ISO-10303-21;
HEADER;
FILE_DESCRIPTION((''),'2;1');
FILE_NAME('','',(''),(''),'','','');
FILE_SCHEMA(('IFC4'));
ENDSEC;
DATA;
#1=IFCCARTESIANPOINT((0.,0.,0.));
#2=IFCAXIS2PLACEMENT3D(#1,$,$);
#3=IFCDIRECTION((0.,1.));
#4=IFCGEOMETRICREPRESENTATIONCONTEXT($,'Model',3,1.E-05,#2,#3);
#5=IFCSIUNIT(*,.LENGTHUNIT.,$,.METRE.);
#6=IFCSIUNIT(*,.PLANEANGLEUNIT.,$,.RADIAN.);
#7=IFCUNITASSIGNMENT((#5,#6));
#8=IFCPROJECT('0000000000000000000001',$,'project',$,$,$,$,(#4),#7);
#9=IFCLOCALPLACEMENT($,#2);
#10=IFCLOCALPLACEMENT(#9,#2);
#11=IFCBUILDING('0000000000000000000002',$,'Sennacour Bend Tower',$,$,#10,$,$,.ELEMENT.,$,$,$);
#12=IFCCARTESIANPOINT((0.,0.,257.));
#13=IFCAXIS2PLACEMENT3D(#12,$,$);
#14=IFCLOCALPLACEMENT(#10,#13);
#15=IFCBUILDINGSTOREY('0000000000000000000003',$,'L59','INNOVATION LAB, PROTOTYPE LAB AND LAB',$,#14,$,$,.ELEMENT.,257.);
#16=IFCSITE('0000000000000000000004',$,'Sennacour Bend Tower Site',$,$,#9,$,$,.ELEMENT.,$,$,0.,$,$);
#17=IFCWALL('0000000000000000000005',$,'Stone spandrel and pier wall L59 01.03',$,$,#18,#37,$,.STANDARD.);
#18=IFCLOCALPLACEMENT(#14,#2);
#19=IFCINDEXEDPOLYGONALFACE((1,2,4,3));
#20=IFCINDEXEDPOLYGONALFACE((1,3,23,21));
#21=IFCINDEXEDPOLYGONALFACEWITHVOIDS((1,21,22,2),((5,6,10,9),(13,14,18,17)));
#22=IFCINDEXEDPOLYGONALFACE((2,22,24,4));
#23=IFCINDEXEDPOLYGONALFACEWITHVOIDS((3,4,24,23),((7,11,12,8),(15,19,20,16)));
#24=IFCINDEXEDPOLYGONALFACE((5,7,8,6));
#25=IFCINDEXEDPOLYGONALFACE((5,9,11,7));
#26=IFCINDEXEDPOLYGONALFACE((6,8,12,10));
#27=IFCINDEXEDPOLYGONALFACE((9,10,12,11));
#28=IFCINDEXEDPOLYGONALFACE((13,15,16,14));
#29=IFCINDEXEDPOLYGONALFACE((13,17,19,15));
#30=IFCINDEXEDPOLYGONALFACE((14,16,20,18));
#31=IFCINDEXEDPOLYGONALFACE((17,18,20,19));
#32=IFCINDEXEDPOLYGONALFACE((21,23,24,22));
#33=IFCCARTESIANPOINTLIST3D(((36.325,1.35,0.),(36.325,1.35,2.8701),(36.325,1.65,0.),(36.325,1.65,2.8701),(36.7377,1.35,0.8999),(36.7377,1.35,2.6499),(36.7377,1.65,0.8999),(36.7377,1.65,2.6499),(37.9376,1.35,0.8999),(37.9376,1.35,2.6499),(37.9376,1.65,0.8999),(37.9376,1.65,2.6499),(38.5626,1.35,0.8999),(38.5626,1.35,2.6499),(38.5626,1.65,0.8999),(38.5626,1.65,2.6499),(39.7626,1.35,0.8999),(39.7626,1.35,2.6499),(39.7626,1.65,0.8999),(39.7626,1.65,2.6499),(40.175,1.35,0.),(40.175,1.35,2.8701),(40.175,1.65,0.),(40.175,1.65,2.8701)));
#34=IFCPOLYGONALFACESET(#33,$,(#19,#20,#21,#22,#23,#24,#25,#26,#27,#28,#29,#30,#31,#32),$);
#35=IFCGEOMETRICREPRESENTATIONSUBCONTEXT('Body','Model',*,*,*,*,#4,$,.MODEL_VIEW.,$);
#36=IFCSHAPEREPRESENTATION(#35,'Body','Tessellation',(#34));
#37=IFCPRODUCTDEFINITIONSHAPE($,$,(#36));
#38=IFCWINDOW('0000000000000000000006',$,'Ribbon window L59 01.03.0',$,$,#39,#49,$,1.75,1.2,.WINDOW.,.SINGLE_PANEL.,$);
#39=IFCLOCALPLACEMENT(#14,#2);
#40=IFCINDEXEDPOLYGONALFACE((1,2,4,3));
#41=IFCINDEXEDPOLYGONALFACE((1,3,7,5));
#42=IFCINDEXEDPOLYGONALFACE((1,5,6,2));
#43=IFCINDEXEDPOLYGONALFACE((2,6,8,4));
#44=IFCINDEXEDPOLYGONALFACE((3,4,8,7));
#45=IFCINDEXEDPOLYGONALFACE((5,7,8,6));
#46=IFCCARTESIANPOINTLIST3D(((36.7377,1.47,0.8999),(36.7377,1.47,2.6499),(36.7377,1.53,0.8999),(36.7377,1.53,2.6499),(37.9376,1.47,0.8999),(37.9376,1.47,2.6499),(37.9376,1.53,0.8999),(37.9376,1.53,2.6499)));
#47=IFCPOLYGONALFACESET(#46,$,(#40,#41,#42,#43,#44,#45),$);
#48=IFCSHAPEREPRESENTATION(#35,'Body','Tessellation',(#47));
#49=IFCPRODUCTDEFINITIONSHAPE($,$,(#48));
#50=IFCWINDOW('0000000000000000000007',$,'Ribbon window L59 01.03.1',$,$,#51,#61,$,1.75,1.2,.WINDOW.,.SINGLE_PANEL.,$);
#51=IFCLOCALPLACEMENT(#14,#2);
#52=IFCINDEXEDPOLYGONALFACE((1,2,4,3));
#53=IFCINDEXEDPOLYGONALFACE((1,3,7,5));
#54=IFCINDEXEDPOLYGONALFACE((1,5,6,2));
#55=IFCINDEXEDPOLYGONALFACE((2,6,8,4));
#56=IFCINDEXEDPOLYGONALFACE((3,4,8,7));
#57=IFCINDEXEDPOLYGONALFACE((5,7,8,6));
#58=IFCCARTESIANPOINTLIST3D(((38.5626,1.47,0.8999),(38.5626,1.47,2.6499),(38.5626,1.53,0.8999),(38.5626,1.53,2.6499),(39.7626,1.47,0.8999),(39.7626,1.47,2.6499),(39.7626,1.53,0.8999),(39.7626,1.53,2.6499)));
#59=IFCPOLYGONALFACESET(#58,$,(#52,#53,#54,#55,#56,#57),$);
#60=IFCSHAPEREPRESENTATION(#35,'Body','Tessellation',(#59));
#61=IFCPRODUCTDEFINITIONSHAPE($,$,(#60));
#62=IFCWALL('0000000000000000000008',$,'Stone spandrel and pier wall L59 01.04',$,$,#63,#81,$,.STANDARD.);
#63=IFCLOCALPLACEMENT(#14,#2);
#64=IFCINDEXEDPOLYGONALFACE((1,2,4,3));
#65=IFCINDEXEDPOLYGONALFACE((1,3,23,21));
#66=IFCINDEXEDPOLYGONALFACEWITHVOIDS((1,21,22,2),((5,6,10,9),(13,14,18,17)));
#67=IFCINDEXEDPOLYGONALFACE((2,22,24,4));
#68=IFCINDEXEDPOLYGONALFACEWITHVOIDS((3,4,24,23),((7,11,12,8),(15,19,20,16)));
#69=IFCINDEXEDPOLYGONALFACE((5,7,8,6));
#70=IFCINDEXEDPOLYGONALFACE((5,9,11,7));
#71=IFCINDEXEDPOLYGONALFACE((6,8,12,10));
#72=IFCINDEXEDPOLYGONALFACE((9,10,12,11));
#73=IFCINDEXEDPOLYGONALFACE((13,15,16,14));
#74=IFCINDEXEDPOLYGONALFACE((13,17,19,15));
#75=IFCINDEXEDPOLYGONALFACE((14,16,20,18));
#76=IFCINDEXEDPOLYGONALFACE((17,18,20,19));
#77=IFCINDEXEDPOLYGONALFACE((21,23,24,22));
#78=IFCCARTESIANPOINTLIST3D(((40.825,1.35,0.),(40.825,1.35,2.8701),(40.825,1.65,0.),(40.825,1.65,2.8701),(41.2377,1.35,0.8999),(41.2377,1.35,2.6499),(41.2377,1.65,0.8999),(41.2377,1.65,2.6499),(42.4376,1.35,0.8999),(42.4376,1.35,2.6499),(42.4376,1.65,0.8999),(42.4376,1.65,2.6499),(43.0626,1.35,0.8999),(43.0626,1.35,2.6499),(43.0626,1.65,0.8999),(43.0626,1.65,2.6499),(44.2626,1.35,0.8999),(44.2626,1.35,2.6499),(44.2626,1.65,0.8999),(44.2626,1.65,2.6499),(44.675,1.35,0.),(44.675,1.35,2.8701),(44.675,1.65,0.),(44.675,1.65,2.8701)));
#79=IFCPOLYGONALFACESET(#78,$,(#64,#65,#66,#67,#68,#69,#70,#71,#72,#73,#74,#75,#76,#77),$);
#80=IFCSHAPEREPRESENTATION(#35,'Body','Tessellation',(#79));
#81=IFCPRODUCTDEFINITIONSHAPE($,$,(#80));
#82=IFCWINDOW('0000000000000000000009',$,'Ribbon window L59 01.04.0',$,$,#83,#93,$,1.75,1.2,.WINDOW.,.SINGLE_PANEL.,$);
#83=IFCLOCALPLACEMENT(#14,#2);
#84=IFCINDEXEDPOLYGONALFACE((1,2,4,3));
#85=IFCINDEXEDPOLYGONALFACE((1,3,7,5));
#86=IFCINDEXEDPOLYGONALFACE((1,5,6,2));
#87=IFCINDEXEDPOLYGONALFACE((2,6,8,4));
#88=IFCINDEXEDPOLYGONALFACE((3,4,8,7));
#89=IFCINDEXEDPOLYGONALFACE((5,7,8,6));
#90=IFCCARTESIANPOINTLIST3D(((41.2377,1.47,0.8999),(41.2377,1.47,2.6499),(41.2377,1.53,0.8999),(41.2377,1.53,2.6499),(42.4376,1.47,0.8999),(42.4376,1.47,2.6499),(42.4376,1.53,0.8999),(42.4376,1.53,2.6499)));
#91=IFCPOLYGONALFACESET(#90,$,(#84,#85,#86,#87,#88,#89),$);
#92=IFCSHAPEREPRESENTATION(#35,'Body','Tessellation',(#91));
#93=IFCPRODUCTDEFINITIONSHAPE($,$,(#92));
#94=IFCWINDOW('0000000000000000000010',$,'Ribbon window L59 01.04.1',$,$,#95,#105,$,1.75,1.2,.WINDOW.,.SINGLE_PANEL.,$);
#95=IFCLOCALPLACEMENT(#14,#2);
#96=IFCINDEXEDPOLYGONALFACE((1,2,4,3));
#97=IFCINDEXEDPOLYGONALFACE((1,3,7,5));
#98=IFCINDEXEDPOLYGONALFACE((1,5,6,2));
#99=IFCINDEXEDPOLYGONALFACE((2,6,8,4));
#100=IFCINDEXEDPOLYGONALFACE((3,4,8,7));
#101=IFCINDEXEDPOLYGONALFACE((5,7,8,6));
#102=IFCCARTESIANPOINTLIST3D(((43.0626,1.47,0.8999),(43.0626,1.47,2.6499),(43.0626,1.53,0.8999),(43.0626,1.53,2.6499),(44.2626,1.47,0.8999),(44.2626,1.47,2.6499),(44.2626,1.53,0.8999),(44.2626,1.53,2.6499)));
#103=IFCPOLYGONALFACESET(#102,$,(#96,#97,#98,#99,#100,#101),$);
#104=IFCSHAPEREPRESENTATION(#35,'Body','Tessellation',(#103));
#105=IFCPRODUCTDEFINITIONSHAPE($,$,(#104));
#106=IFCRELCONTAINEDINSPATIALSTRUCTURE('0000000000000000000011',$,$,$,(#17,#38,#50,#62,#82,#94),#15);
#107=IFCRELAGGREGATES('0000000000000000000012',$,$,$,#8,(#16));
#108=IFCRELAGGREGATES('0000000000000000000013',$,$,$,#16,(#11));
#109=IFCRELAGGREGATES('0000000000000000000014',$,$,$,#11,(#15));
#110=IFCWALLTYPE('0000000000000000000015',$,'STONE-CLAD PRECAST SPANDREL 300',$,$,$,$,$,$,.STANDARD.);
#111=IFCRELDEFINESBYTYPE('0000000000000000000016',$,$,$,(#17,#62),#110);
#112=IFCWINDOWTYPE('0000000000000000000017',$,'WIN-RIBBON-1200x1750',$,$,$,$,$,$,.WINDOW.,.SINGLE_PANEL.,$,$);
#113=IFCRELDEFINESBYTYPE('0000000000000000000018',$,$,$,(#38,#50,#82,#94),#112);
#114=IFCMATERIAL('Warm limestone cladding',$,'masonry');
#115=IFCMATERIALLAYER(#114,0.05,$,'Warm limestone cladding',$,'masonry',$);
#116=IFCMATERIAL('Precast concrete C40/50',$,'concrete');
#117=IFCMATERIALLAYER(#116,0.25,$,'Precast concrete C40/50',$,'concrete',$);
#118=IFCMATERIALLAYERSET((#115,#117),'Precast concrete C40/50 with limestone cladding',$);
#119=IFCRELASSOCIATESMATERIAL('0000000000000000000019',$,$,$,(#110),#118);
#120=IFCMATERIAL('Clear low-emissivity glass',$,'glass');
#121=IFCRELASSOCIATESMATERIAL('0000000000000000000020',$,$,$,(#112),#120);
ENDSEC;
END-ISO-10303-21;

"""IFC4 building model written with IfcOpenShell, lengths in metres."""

from ifc_helpers import new_model, si_unit, direction, frame, frame_2d, origin, place, context, subcontext, project, spatial, rectangle, extrude, material, layer, layer_set, type_object, element, fill, save


model = new_model("IFC4")

# Units and contexts
model_context = context("Model", 3, precision=1e-05, world=origin(), true_north=direction((0.0, 1.0)))
body_context = subcontext(model_context, "Body", "Model", "MODEL_VIEW")
ifc_project = project(units=[si_unit("LENGTHUNIT", "METRE"), si_unit("PLANEANGLEUNIT", "RADIAN")], contexts=[model_context])

# Site, building, storey
site_placement = place(None, origin())
site = spatial("IfcSite", under=ifc_project, at=site_placement, Name="Sennacour Bend Tower Site", CompositionType="ELEMENT", RefElevation=0.0)
building_placement = place(site_placement, origin())
building = spatial("IfcBuilding", under=site, at=building_placement, Name="Sennacour Bend Tower", CompositionType="ELEMENT")
storey_placement = place(building_placement, frame((0.0, 0.0, 257.0)))
storey = spatial("IfcBuildingStorey", under=building, at=storey_placement, Name="L59", Description="INNOVATION LAB, PROTOTYPE LAB AND LAB", CompositionType="ELEMENT", Elevation=257.0)

# Walls, openings, windows
ifc_material_1 = material(Name="Warm limestone cladding", Category="masonry")
ifc_layer_1 = layer(ifc_material_1, 0.05, Name="Warm limestone cladding", Category="masonry")
ifc_material_2 = material(Name="Precast concrete C40/50", Category="concrete")
ifc_layer_2 = layer(ifc_material_2, 0.25, Name="Precast concrete C40/50", Category="concrete")
ifc_layer_set_1 = layer_set([ifc_layer_1, ifc_layer_2], Name="Precast concrete C40/50 with limestone cladding")
wall_type_1 = type_object("IfcWallType", Name="STONE-CLAD PRECAST SPANDREL 300", PredefinedType="STANDARD", material=ifc_layer_set_1)
wall_1_placement = place(storey_placement, frame((36.325, 1.5, 0.0), z_axis=(0.0, 0.0, 1.0), x_axis=(1.0, 0.0, 0.0)))
wall_1 = element("IfcWall", 1, at=wall_1_placement, inside=storey, type_object=wall_type_1, Name="Stone spandrel and pier wall L59 01.03", PredefinedType="STANDARD", context=body_context, shape_type="SweptSolid", body=[
    extrude(rectangle(XDim=3.8501, YDim=0.3, at=frame_2d((1.925, 0.0))), origin(), (0.0, 0.0, 1.0), 2.8701),
])
opening_1_placement = place(wall_1_placement, frame((0.4126, 0.0, 0.8999)))
opening_1 = element("IfcOpeningElement", 2, at=opening_1_placement, cuts=wall_1, PredefinedType="OPENING", context=body_context, shape_type="SweptSolid", body=[
    extrude(rectangle(XDim=1.2, YDim=1.75, at=frame_2d((0.6001, 0.875))), frame((0.0, 0.1602, 0.0), z_axis=(0.0, -1.0, 0.0), x_axis=(1.0, 0.0, 0.0)), (0.0, 0.0, 1.0), 0.3201),
])
opening_2_placement = place(wall_1_placement, frame((2.2375, 0.0, 0.8999)))
opening_2 = element("IfcOpeningElement", 3, at=opening_2_placement, cuts=wall_1, PredefinedType="OPENING", context=body_context, shape_type="SweptSolid", body=[
    extrude(rectangle(XDim=1.2, YDim=1.75, at=frame_2d((0.6001, 0.875))), frame((0.0, 0.1602, 0.0), z_axis=(0.0, -1.0, 0.0), x_axis=(1.0, 0.0, 0.0)), (0.0, 0.0, 1.0), 0.3201),
])
ifc_material_3 = material(Name="Clear low-emissivity glass", Category="glass")
window_type = type_object("IfcWindowType", Name="WIN-RIBBON-1200x1750", PartitioningType="SINGLE_PANEL", PredefinedType="WINDOW", material=ifc_material_3)
window_1_placement = place(opening_1_placement, origin())
window_1 = element("IfcWindow", 4, at=window_1_placement, inside=storey, type_object=window_type, Name="Ribbon window L59 01.03.0", OverallHeight=1.75, OverallWidth=1.2, PartitioningType="SINGLE_PANEL", PredefinedType="WINDOW", context=body_context, shape_type="SweptSolid", body=[
    extrude(rectangle(XDim=1.2, YDim=1.75, at=frame_2d((0.6001, 0.875))), frame((0.0, 0.03, 0.0), z_axis=(0.0, -1.0, 0.0), x_axis=(1.0, 0.0, 0.0)), (0.0, 0.0, 1.0), 0.0601),
])
fill(opening_1, window_1)
window_2_placement = place(opening_2_placement, origin())
window_2 = element("IfcWindow", 5, at=window_2_placement, inside=storey, type_object=window_type, Name="Ribbon window L59 01.03.1", OverallHeight=1.75, OverallWidth=1.2, PartitioningType="SINGLE_PANEL", PredefinedType="WINDOW", context=body_context, shape_type="SweptSolid", body=[
    extrude(rectangle(XDim=1.2, YDim=1.75, at=frame_2d((0.6001, 0.875))), frame((0.0, 0.03, 0.0), z_axis=(0.0, -1.0, 0.0), x_axis=(1.0, 0.0, 0.0)), (0.0, 0.0, 1.0), 0.0601),
])
fill(opening_2, window_2)
wall_2_placement = place(storey_placement, frame((40.825, 1.5, 0.0), z_axis=(0.0, 0.0, 1.0), x_axis=(1.0, 0.0, 0.0)))
wall_2 = element("IfcWall", 6, at=wall_2_placement, inside=storey, type_object=wall_type_1, Name="Stone spandrel and pier wall L59 01.04", PredefinedType="STANDARD", context=body_context, shape_type="SweptSolid", body=[
    extrude(rectangle(XDim=3.8501, YDim=0.3, at=frame_2d((1.925, 0.0))), origin(), (0.0, 0.0, 1.0), 2.8701),
])
opening_3_placement = place(wall_2_placement, frame((0.4126, 0.0, 0.8999)))
opening_3 = element("IfcOpeningElement", 7, at=opening_3_placement, cuts=wall_2, PredefinedType="OPENING", context=body_context, shape_type="SweptSolid", body=[
    extrude(rectangle(XDim=1.2, YDim=1.75, at=frame_2d((0.6001, 0.875))), frame((0.0, 0.1602, 0.0), z_axis=(0.0, -1.0, 0.0), x_axis=(1.0, 0.0, 0.0)), (0.0, 0.0, 1.0), 0.3201),
])
opening_4_placement = place(wall_2_placement, frame((2.2375, 0.0, 0.8999)))
opening_4 = element("IfcOpeningElement", 8, at=opening_4_placement, cuts=wall_2, PredefinedType="OPENING", context=body_context, shape_type="SweptSolid", body=[
    extrude(rectangle(XDim=1.2, YDim=1.75, at=frame_2d((0.6001, 0.875))), frame((0.0, 0.1602, 0.0), z_axis=(0.0, -1.0, 0.0), x_axis=(1.0, 0.0, 0.0)), (0.0, 0.0, 1.0), 0.3201),
])
window_3_placement = place(opening_3_placement, origin())
window_3 = element("IfcWindow", 9, at=window_3_placement, inside=storey, type_object=window_type, Name="Ribbon window L59 01.04.0", OverallHeight=1.75, OverallWidth=1.2, PartitioningType="SINGLE_PANEL", PredefinedType="WINDOW", context=body_context, shape_type="SweptSolid", body=[
    extrude(rectangle(XDim=1.2, YDim=1.75, at=frame_2d((0.6001, 0.875))), frame((0.0, 0.03, 0.0), z_axis=(0.0, -1.0, 0.0), x_axis=(1.0, 0.0, 0.0)), (0.0, 0.0, 1.0), 0.0601),
])
fill(opening_3, window_3)
window_4_placement = place(opening_4_placement, origin())
window_4 = element("IfcWindow", 10, at=window_4_placement, inside=storey, type_object=window_type, Name="Ribbon window L59 01.04.1", OverallHeight=1.75, OverallWidth=1.2, PartitioningType="SINGLE_PANEL", PredefinedType="WINDOW", context=body_context, shape_type="SweptSolid", body=[
    extrude(rectangle(XDim=1.2, YDim=1.75, at=frame_2d((0.6001, 0.875))), frame((0.0, 0.03, 0.0), z_axis=(0.0, -1.0, 0.0), x_axis=(1.0, 0.0, 0.0)), (0.0, 0.0, 1.0), 0.0601),
])
fill(opening_4, window_4)

save(model, "model.ifc")
